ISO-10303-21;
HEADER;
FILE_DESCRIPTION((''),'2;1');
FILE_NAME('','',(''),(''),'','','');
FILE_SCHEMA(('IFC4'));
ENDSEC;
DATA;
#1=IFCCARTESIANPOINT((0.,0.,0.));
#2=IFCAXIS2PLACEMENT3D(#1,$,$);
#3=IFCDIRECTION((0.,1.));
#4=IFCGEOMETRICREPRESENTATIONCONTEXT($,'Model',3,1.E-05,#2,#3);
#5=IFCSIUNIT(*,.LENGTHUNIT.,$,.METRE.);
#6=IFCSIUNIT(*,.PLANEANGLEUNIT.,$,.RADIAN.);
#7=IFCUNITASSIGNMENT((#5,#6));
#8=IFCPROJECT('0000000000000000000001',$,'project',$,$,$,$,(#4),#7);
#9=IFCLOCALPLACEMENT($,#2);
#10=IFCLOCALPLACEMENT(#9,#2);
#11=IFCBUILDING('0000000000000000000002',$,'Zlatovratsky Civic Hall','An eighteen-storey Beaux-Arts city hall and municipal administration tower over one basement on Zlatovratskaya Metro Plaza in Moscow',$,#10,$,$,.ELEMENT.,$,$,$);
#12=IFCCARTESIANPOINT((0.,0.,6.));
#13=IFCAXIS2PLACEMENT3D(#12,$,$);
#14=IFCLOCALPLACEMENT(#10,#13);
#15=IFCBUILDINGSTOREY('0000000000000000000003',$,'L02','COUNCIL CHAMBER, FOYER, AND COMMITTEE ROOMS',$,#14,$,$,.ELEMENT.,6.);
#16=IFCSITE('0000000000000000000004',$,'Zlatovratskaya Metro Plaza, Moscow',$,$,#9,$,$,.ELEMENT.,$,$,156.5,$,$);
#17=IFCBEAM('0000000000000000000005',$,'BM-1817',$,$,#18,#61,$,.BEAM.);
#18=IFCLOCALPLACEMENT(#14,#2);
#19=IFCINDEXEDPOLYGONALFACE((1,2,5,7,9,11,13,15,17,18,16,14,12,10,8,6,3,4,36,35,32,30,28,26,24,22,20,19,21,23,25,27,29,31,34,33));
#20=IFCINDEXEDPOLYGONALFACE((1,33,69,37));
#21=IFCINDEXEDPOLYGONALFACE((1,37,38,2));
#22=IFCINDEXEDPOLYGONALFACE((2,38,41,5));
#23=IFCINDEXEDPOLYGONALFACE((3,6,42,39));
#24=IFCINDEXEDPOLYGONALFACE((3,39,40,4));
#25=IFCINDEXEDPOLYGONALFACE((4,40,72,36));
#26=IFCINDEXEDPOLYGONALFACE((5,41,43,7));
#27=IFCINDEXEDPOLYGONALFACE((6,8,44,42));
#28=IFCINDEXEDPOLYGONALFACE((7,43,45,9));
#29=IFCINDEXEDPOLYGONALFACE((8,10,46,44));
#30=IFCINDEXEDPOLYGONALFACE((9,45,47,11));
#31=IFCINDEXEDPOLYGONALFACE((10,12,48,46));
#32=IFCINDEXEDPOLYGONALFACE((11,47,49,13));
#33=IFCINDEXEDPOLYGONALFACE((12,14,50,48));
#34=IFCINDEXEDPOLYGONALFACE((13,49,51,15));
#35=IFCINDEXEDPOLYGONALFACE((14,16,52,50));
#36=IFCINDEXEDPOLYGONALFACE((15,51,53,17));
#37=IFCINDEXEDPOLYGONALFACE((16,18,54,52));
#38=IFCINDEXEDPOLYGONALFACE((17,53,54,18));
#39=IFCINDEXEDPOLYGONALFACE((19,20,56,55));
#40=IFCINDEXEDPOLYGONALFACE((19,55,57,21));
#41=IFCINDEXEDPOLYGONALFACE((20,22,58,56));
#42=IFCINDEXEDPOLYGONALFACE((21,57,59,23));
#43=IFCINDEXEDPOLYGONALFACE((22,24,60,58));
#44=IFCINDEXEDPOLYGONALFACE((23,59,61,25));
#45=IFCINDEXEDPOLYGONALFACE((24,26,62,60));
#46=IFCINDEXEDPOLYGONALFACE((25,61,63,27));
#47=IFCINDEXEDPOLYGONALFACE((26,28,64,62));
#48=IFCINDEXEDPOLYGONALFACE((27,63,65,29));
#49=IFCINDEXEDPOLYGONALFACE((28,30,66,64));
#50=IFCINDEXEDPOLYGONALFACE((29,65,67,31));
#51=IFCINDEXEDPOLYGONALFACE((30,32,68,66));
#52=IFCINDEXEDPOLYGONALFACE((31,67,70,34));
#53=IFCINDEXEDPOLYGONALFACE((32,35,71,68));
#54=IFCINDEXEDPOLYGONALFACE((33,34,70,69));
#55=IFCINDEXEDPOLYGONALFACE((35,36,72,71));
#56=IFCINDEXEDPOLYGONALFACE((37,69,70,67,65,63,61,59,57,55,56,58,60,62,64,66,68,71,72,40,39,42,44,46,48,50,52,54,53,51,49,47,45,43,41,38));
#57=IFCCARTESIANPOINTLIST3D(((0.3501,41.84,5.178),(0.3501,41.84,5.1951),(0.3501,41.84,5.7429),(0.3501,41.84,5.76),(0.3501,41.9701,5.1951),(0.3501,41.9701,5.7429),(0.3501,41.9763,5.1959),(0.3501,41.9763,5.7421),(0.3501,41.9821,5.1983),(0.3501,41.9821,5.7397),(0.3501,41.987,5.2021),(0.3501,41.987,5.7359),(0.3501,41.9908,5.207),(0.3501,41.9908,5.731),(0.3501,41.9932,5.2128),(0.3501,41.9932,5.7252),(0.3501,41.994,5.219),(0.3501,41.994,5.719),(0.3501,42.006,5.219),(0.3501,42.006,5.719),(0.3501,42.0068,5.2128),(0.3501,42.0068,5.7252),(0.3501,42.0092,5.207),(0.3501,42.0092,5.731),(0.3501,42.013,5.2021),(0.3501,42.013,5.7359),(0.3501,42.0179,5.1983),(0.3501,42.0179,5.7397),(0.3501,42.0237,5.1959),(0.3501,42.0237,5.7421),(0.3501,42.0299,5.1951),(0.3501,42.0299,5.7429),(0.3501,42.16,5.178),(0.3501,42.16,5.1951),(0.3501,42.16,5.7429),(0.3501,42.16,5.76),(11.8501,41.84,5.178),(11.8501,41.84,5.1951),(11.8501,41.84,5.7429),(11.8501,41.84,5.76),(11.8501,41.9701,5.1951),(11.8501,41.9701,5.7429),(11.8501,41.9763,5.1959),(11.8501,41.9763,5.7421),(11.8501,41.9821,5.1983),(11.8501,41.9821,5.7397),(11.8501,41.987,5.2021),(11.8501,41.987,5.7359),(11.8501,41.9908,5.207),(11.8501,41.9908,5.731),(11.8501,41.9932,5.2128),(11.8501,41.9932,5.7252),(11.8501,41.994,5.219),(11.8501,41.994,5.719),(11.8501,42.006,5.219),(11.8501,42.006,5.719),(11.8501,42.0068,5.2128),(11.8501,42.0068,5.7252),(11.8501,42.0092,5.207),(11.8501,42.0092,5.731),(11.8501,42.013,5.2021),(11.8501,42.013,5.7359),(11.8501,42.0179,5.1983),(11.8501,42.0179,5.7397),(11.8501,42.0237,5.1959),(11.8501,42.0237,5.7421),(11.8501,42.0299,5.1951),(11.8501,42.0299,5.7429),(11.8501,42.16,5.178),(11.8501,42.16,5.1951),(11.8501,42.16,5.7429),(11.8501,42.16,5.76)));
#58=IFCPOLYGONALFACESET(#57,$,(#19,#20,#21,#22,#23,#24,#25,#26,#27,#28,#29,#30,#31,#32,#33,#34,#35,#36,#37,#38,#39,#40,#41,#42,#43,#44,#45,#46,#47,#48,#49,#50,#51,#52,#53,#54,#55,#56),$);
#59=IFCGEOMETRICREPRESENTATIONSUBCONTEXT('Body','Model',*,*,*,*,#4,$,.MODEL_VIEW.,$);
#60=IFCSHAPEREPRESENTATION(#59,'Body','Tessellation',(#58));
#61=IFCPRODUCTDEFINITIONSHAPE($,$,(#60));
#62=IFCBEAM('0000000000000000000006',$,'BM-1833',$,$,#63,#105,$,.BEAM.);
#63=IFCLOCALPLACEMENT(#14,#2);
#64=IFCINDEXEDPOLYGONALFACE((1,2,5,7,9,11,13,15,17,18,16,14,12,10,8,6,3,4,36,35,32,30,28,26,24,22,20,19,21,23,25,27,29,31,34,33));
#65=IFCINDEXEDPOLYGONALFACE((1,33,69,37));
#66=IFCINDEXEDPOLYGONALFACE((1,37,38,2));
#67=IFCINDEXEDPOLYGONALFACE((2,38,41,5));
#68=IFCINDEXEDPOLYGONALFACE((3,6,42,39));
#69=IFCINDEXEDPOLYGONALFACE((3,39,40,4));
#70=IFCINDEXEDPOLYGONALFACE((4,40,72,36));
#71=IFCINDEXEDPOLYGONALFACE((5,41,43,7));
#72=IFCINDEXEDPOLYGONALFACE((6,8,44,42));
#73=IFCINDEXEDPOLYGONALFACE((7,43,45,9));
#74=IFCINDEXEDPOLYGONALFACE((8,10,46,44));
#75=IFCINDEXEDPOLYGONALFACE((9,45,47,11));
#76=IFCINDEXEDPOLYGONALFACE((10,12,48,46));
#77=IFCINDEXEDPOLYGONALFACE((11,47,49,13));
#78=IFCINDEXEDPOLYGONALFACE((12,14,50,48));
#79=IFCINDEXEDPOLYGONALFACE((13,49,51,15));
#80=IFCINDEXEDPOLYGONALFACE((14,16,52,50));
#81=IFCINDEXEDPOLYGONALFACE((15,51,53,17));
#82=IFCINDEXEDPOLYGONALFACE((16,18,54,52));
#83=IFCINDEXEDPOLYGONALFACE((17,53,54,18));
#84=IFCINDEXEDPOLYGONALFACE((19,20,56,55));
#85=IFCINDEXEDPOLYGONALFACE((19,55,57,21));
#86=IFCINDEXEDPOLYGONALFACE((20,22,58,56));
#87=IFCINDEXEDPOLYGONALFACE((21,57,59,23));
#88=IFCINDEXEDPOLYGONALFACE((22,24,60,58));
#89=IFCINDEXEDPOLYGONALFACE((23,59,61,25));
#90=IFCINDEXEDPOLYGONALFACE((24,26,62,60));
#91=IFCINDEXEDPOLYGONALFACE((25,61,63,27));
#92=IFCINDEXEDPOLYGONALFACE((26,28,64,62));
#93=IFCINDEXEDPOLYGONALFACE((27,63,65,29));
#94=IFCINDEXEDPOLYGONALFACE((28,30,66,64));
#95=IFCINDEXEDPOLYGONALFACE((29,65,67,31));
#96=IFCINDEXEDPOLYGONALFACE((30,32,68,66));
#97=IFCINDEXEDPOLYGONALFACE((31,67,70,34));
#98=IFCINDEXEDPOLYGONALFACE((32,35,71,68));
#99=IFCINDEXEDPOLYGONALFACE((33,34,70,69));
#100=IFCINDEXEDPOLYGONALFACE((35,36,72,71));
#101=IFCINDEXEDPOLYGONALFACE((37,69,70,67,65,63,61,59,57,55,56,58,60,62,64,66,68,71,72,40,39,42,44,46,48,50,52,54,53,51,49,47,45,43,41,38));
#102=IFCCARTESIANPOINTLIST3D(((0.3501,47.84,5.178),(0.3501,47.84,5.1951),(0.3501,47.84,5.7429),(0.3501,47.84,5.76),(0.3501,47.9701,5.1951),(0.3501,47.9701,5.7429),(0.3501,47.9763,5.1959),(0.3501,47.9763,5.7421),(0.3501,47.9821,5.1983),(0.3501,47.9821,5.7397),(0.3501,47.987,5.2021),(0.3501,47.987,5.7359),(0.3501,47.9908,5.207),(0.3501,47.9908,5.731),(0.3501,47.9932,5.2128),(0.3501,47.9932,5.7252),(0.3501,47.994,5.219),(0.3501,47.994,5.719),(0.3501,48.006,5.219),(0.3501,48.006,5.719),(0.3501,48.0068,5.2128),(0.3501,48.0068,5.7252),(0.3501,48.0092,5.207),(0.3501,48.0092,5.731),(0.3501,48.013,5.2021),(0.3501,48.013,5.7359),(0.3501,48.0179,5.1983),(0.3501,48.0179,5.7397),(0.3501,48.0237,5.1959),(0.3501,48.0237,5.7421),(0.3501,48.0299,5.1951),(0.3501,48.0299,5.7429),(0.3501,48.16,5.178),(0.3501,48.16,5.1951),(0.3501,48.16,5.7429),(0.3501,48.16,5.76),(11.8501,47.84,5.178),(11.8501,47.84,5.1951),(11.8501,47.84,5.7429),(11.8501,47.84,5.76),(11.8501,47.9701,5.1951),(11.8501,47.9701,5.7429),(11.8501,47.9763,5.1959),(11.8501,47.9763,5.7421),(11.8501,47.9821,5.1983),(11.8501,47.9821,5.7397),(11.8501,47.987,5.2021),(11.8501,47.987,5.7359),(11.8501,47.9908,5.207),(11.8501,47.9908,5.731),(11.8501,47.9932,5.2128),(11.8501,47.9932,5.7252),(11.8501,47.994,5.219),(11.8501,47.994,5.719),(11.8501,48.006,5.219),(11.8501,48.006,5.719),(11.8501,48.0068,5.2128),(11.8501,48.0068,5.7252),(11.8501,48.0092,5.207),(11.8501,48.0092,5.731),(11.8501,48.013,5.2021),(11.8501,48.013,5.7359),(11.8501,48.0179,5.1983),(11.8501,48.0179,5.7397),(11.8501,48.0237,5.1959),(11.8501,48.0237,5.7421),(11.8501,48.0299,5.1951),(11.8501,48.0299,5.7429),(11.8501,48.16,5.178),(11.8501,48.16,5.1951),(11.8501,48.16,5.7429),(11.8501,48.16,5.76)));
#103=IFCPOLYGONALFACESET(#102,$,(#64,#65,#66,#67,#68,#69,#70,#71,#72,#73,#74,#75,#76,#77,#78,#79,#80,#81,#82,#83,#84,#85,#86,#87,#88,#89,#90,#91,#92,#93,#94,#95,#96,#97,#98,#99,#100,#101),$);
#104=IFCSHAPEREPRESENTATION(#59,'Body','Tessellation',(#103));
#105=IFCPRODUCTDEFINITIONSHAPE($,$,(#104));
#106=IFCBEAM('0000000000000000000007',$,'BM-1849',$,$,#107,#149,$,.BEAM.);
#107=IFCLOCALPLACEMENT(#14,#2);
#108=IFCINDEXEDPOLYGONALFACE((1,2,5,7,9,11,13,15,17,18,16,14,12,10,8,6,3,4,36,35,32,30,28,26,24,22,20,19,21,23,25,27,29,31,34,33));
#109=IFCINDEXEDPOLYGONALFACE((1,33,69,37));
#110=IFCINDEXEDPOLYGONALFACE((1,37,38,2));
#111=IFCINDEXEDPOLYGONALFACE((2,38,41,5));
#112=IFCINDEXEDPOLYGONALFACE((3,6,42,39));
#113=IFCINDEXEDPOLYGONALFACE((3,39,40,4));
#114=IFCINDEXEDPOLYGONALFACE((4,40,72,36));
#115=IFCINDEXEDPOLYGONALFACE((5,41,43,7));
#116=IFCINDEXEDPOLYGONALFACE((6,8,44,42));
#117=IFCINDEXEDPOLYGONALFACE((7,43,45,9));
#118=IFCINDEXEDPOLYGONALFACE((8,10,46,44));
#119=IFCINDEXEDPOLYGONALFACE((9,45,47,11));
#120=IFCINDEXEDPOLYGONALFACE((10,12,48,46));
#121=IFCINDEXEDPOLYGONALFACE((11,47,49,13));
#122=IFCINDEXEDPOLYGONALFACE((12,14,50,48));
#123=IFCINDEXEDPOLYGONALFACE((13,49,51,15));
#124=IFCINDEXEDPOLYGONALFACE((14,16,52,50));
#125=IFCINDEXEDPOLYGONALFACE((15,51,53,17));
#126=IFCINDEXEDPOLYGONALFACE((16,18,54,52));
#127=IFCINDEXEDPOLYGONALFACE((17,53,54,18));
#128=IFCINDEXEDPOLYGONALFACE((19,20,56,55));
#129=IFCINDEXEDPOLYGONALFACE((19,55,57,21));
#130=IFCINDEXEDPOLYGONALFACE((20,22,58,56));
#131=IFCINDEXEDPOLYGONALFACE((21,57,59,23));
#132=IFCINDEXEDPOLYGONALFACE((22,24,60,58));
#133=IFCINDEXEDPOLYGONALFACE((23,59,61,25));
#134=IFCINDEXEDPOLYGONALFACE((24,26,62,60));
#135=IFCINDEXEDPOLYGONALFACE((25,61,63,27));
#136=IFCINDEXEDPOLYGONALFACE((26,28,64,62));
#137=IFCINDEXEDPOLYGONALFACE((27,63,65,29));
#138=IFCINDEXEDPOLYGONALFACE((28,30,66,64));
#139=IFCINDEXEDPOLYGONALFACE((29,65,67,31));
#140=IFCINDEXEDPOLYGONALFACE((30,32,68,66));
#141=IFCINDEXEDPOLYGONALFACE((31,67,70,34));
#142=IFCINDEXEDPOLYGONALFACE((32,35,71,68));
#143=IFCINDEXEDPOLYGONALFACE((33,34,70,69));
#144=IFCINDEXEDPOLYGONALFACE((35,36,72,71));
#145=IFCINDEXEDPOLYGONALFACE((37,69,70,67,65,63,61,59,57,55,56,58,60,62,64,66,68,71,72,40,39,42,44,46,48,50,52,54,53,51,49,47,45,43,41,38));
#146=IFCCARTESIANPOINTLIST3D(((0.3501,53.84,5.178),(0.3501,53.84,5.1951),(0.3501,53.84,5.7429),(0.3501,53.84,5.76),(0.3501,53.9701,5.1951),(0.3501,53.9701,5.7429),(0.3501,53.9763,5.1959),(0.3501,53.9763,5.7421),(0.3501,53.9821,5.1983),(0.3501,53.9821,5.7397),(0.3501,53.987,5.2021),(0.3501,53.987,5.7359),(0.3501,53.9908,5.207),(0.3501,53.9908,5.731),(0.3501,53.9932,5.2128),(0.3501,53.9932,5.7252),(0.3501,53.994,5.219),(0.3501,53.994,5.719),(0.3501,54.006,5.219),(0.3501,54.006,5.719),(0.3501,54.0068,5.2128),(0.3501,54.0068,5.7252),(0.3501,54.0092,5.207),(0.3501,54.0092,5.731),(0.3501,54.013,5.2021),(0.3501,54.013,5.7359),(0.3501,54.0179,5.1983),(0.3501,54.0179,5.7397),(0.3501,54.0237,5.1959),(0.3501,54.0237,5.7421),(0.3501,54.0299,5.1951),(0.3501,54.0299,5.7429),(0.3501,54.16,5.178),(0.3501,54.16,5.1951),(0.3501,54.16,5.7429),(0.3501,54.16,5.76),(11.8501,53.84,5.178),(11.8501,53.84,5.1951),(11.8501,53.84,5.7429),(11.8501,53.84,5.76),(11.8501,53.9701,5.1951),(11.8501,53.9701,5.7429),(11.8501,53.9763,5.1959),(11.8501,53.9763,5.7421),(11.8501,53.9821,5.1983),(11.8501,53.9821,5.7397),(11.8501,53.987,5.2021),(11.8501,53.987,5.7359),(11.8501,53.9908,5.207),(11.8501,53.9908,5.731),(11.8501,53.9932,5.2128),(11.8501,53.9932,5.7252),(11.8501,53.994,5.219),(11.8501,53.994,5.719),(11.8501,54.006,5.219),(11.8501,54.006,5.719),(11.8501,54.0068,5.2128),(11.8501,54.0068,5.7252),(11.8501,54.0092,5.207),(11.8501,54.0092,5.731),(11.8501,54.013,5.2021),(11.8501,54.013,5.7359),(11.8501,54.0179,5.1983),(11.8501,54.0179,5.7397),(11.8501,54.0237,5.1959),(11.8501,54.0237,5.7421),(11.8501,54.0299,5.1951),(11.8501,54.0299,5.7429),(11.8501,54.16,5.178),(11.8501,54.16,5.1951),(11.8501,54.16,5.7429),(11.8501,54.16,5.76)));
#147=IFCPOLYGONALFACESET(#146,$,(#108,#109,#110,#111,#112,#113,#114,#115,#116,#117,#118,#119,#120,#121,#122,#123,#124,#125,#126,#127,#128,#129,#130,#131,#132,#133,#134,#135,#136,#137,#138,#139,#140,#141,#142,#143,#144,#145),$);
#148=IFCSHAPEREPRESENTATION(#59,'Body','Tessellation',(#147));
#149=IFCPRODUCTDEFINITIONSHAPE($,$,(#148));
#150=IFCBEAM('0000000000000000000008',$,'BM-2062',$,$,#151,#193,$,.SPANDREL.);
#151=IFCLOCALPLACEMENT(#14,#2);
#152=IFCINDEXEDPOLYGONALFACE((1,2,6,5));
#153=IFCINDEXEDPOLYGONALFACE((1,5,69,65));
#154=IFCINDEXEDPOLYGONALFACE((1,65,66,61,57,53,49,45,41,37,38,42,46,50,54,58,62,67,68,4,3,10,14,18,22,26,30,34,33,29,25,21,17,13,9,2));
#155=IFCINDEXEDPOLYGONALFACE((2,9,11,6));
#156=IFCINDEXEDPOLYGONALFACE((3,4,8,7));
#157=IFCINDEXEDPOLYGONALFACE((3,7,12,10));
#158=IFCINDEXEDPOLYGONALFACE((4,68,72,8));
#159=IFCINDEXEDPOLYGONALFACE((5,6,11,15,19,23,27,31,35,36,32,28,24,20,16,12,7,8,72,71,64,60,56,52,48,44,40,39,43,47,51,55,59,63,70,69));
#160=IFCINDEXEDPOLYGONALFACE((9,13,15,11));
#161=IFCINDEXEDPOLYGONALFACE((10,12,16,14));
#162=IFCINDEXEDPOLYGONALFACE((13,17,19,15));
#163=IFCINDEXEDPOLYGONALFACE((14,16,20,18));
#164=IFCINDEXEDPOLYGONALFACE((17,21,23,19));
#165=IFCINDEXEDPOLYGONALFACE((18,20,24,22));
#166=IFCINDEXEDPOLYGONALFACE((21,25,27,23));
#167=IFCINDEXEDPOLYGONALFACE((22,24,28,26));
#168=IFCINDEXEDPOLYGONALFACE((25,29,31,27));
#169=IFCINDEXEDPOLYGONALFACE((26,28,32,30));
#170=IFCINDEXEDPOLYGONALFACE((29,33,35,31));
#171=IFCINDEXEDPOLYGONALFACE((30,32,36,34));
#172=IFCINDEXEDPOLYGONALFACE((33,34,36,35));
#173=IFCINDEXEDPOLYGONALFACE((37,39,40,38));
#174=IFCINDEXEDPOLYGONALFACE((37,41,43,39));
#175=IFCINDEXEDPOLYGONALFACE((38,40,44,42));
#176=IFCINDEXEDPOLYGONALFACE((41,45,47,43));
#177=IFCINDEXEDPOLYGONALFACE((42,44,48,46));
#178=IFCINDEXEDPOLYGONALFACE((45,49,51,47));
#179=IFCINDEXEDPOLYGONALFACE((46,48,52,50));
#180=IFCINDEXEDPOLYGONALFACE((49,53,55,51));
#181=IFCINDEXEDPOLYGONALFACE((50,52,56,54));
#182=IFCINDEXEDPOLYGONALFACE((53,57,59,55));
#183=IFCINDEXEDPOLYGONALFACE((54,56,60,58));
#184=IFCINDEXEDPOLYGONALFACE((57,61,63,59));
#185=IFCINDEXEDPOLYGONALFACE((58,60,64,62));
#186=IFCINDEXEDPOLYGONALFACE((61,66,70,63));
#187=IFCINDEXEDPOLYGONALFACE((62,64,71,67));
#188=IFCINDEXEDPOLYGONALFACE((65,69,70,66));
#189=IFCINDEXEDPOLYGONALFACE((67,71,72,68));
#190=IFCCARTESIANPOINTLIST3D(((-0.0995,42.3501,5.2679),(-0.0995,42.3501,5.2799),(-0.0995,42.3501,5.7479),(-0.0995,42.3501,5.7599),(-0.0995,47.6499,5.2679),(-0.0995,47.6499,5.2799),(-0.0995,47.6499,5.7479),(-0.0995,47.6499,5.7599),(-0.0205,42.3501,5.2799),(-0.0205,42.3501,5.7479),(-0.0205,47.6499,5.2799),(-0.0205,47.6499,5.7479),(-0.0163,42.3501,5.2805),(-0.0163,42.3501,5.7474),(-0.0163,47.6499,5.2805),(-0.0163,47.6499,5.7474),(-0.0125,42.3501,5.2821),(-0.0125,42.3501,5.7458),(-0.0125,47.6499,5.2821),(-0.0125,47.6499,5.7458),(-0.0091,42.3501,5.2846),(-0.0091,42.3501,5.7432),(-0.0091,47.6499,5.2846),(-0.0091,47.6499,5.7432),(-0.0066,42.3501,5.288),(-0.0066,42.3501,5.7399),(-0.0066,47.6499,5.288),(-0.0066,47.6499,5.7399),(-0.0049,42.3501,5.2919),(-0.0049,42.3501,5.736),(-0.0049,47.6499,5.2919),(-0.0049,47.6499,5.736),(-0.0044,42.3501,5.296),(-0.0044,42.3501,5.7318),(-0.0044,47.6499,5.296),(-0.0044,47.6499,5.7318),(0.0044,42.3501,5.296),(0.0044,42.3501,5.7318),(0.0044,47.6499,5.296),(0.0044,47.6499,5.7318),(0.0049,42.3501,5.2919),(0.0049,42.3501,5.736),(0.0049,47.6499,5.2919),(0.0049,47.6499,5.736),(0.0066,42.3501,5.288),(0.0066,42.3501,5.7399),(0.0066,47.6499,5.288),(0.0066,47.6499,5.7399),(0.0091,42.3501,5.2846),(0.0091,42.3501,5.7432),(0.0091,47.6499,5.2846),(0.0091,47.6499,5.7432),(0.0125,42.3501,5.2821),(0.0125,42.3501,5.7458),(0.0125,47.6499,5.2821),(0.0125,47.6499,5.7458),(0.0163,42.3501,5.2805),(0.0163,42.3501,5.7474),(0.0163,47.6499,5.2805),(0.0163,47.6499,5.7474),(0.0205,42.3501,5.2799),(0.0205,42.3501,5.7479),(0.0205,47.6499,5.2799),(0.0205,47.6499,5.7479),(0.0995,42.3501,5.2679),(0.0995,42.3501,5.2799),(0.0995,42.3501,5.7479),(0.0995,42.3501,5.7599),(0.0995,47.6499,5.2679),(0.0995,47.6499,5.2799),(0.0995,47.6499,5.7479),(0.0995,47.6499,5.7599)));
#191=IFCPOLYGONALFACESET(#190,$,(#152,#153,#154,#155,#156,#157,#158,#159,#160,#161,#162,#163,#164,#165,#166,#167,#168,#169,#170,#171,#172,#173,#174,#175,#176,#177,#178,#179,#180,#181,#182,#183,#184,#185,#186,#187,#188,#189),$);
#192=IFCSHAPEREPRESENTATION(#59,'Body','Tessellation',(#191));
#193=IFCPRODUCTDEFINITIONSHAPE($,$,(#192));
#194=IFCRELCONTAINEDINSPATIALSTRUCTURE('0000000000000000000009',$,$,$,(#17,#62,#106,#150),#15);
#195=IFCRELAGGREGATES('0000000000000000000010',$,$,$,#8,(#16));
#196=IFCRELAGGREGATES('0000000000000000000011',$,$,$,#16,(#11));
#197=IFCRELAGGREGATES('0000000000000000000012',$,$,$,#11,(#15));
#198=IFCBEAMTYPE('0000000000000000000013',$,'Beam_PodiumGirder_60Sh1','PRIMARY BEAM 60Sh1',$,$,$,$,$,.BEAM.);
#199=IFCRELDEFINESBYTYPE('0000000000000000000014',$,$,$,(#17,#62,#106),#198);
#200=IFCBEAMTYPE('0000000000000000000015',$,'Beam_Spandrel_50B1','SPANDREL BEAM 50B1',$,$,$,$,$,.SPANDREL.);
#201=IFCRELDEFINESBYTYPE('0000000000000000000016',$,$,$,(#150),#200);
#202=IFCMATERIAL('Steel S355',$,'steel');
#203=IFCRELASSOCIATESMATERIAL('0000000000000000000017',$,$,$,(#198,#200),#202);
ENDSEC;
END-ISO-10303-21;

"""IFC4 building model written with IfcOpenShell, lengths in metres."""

from ifc_helpers import new_model, si_unit, direction, frame, origin, origin_2d, place, context, subcontext, project, spatial, i_section, extrude, material, material_profile, profile_set, type_object, element, save


model = new_model("IFC4")

# Units and contexts
model_context = context("Model", 3, precision=1e-05, world=origin(), true_north=direction((0.0, 1.0)))
body_context = subcontext(model_context, "Body", "Model", "MODEL_VIEW")
ifc_project = project(units=[si_unit("LENGTHUNIT", "METRE"), si_unit("PLANEANGLEUNIT", "RADIAN")], contexts=[model_context])

# Site, building, storey
site_placement = place(None, origin())
site = spatial("IfcSite", under=ifc_project, at=site_placement, Name="Zlatovratskaya Metro Plaza, Moscow", CompositionType="ELEMENT", RefElevation=156.5)
building_placement = place(site_placement, origin())
building = spatial("IfcBuilding", under=site, at=building_placement, Name="Zlatovratsky Civic Hall", Description="An eighteen-storey Beaux-Arts city hall and municipal administration tower over one basement on Zlatovratskaya Metro Plaza in Moscow", CompositionType="ELEMENT")
storey_placement = place(building_placement, frame((0.0, 0.0, 6.0)))
storey = spatial("IfcBuildingStorey", under=building, at=storey_placement, Name="L02", Description="COUNCIL CHAMBER, FOYER, AND COMMITTEE ROOMS", CompositionType="ELEMENT", Elevation=6.0)

# Shared definitions
ifc_material_1 = material(Name="Steel S355", Category="steel")

# Beams
ifc_material_profile_1 = material_profile(ifc_material_1, i_section(OverallWidth=0.3201, OverallDepth=0.582, WebThickness=0.012, FlangeThickness=0.0171, FilletRadius=0.0239, at=origin_2d()), Name="60Sh1")
ifc_profile_set_1 = profile_set([ifc_material_profile_1], Name="Steel S355")
beam_type_1 = type_object("IfcBeamType", Name="Beam_PodiumGirder_60Sh1", Description="PRIMARY BEAM 60Sh1", PredefinedType="BEAM", material=ifc_profile_set_1)
for number, where, z_axis, x_axis, name in (
    (1, (0.3501, 42.0, 5.469), (1.0, 0.0, 0.0), (0.0, 1.0, 0.0), "BM-1817"),
    (2, (0.3501, 48.0, 5.469), (1.0, 0.0, 0.0), (0.0, 1.0, 0.0), "BM-1833"),
    (3, (0.3501, 54.0, 5.469), (1.0, 0.0, 0.0), (0.0, 1.0, 0.0), "BM-1849"),
):
    element("IfcBeam", number, at=place(storey_placement, frame(where, z_axis=z_axis, x_axis=x_axis)), inside=storey, type_object=beam_type_1, Name=name, PredefinedType="BEAM", context=body_context, shape_type="SweptSolid", body=[
        extrude(i_section(OverallWidth=0.3201, OverallDepth=0.582, WebThickness=0.012, FlangeThickness=0.0171, FilletRadius=0.0239, at=origin_2d()), origin(), (0.0, 0.0, 1.0), 11.5),
    ])
ifc_material_profile_2 = material_profile(ifc_material_1, i_section(OverallWidth=0.199, OverallDepth=0.4919, WebThickness=0.0088, FlangeThickness=0.012, FilletRadius=0.0161, at=origin_2d()), Name="50B1")
ifc_profile_set_2 = profile_set([ifc_material_profile_2], Name="Steel S355")
beam_type_2 = type_object("IfcBeamType", Name="Beam_Spandrel_50B1", Description="SPANDREL BEAM 50B1", PredefinedType="SPANDREL", material=ifc_profile_set_2)
for number, where, z_axis, x_axis, name in (
    (4, (0.0, 42.3501, 5.5139), (0.0, 1.0, 0.0), (-1.0, 0.0, 0.0), "BM-2062"),
):
    element("IfcBeam", number, at=place(storey_placement, frame(where, z_axis=z_axis, x_axis=x_axis)), inside=storey, type_object=beam_type_2, Name=name, PredefinedType="SPANDREL", context=body_context, shape_type="SweptSolid", body=[
        extrude(i_section(OverallWidth=0.199, OverallDepth=0.4919, WebThickness=0.0088, FlangeThickness=0.012, FilletRadius=0.0161, at=origin_2d()), origin(), (0.0, 0.0, 1.0), 5.2998),
    ])

save(model, "model.ifc")
